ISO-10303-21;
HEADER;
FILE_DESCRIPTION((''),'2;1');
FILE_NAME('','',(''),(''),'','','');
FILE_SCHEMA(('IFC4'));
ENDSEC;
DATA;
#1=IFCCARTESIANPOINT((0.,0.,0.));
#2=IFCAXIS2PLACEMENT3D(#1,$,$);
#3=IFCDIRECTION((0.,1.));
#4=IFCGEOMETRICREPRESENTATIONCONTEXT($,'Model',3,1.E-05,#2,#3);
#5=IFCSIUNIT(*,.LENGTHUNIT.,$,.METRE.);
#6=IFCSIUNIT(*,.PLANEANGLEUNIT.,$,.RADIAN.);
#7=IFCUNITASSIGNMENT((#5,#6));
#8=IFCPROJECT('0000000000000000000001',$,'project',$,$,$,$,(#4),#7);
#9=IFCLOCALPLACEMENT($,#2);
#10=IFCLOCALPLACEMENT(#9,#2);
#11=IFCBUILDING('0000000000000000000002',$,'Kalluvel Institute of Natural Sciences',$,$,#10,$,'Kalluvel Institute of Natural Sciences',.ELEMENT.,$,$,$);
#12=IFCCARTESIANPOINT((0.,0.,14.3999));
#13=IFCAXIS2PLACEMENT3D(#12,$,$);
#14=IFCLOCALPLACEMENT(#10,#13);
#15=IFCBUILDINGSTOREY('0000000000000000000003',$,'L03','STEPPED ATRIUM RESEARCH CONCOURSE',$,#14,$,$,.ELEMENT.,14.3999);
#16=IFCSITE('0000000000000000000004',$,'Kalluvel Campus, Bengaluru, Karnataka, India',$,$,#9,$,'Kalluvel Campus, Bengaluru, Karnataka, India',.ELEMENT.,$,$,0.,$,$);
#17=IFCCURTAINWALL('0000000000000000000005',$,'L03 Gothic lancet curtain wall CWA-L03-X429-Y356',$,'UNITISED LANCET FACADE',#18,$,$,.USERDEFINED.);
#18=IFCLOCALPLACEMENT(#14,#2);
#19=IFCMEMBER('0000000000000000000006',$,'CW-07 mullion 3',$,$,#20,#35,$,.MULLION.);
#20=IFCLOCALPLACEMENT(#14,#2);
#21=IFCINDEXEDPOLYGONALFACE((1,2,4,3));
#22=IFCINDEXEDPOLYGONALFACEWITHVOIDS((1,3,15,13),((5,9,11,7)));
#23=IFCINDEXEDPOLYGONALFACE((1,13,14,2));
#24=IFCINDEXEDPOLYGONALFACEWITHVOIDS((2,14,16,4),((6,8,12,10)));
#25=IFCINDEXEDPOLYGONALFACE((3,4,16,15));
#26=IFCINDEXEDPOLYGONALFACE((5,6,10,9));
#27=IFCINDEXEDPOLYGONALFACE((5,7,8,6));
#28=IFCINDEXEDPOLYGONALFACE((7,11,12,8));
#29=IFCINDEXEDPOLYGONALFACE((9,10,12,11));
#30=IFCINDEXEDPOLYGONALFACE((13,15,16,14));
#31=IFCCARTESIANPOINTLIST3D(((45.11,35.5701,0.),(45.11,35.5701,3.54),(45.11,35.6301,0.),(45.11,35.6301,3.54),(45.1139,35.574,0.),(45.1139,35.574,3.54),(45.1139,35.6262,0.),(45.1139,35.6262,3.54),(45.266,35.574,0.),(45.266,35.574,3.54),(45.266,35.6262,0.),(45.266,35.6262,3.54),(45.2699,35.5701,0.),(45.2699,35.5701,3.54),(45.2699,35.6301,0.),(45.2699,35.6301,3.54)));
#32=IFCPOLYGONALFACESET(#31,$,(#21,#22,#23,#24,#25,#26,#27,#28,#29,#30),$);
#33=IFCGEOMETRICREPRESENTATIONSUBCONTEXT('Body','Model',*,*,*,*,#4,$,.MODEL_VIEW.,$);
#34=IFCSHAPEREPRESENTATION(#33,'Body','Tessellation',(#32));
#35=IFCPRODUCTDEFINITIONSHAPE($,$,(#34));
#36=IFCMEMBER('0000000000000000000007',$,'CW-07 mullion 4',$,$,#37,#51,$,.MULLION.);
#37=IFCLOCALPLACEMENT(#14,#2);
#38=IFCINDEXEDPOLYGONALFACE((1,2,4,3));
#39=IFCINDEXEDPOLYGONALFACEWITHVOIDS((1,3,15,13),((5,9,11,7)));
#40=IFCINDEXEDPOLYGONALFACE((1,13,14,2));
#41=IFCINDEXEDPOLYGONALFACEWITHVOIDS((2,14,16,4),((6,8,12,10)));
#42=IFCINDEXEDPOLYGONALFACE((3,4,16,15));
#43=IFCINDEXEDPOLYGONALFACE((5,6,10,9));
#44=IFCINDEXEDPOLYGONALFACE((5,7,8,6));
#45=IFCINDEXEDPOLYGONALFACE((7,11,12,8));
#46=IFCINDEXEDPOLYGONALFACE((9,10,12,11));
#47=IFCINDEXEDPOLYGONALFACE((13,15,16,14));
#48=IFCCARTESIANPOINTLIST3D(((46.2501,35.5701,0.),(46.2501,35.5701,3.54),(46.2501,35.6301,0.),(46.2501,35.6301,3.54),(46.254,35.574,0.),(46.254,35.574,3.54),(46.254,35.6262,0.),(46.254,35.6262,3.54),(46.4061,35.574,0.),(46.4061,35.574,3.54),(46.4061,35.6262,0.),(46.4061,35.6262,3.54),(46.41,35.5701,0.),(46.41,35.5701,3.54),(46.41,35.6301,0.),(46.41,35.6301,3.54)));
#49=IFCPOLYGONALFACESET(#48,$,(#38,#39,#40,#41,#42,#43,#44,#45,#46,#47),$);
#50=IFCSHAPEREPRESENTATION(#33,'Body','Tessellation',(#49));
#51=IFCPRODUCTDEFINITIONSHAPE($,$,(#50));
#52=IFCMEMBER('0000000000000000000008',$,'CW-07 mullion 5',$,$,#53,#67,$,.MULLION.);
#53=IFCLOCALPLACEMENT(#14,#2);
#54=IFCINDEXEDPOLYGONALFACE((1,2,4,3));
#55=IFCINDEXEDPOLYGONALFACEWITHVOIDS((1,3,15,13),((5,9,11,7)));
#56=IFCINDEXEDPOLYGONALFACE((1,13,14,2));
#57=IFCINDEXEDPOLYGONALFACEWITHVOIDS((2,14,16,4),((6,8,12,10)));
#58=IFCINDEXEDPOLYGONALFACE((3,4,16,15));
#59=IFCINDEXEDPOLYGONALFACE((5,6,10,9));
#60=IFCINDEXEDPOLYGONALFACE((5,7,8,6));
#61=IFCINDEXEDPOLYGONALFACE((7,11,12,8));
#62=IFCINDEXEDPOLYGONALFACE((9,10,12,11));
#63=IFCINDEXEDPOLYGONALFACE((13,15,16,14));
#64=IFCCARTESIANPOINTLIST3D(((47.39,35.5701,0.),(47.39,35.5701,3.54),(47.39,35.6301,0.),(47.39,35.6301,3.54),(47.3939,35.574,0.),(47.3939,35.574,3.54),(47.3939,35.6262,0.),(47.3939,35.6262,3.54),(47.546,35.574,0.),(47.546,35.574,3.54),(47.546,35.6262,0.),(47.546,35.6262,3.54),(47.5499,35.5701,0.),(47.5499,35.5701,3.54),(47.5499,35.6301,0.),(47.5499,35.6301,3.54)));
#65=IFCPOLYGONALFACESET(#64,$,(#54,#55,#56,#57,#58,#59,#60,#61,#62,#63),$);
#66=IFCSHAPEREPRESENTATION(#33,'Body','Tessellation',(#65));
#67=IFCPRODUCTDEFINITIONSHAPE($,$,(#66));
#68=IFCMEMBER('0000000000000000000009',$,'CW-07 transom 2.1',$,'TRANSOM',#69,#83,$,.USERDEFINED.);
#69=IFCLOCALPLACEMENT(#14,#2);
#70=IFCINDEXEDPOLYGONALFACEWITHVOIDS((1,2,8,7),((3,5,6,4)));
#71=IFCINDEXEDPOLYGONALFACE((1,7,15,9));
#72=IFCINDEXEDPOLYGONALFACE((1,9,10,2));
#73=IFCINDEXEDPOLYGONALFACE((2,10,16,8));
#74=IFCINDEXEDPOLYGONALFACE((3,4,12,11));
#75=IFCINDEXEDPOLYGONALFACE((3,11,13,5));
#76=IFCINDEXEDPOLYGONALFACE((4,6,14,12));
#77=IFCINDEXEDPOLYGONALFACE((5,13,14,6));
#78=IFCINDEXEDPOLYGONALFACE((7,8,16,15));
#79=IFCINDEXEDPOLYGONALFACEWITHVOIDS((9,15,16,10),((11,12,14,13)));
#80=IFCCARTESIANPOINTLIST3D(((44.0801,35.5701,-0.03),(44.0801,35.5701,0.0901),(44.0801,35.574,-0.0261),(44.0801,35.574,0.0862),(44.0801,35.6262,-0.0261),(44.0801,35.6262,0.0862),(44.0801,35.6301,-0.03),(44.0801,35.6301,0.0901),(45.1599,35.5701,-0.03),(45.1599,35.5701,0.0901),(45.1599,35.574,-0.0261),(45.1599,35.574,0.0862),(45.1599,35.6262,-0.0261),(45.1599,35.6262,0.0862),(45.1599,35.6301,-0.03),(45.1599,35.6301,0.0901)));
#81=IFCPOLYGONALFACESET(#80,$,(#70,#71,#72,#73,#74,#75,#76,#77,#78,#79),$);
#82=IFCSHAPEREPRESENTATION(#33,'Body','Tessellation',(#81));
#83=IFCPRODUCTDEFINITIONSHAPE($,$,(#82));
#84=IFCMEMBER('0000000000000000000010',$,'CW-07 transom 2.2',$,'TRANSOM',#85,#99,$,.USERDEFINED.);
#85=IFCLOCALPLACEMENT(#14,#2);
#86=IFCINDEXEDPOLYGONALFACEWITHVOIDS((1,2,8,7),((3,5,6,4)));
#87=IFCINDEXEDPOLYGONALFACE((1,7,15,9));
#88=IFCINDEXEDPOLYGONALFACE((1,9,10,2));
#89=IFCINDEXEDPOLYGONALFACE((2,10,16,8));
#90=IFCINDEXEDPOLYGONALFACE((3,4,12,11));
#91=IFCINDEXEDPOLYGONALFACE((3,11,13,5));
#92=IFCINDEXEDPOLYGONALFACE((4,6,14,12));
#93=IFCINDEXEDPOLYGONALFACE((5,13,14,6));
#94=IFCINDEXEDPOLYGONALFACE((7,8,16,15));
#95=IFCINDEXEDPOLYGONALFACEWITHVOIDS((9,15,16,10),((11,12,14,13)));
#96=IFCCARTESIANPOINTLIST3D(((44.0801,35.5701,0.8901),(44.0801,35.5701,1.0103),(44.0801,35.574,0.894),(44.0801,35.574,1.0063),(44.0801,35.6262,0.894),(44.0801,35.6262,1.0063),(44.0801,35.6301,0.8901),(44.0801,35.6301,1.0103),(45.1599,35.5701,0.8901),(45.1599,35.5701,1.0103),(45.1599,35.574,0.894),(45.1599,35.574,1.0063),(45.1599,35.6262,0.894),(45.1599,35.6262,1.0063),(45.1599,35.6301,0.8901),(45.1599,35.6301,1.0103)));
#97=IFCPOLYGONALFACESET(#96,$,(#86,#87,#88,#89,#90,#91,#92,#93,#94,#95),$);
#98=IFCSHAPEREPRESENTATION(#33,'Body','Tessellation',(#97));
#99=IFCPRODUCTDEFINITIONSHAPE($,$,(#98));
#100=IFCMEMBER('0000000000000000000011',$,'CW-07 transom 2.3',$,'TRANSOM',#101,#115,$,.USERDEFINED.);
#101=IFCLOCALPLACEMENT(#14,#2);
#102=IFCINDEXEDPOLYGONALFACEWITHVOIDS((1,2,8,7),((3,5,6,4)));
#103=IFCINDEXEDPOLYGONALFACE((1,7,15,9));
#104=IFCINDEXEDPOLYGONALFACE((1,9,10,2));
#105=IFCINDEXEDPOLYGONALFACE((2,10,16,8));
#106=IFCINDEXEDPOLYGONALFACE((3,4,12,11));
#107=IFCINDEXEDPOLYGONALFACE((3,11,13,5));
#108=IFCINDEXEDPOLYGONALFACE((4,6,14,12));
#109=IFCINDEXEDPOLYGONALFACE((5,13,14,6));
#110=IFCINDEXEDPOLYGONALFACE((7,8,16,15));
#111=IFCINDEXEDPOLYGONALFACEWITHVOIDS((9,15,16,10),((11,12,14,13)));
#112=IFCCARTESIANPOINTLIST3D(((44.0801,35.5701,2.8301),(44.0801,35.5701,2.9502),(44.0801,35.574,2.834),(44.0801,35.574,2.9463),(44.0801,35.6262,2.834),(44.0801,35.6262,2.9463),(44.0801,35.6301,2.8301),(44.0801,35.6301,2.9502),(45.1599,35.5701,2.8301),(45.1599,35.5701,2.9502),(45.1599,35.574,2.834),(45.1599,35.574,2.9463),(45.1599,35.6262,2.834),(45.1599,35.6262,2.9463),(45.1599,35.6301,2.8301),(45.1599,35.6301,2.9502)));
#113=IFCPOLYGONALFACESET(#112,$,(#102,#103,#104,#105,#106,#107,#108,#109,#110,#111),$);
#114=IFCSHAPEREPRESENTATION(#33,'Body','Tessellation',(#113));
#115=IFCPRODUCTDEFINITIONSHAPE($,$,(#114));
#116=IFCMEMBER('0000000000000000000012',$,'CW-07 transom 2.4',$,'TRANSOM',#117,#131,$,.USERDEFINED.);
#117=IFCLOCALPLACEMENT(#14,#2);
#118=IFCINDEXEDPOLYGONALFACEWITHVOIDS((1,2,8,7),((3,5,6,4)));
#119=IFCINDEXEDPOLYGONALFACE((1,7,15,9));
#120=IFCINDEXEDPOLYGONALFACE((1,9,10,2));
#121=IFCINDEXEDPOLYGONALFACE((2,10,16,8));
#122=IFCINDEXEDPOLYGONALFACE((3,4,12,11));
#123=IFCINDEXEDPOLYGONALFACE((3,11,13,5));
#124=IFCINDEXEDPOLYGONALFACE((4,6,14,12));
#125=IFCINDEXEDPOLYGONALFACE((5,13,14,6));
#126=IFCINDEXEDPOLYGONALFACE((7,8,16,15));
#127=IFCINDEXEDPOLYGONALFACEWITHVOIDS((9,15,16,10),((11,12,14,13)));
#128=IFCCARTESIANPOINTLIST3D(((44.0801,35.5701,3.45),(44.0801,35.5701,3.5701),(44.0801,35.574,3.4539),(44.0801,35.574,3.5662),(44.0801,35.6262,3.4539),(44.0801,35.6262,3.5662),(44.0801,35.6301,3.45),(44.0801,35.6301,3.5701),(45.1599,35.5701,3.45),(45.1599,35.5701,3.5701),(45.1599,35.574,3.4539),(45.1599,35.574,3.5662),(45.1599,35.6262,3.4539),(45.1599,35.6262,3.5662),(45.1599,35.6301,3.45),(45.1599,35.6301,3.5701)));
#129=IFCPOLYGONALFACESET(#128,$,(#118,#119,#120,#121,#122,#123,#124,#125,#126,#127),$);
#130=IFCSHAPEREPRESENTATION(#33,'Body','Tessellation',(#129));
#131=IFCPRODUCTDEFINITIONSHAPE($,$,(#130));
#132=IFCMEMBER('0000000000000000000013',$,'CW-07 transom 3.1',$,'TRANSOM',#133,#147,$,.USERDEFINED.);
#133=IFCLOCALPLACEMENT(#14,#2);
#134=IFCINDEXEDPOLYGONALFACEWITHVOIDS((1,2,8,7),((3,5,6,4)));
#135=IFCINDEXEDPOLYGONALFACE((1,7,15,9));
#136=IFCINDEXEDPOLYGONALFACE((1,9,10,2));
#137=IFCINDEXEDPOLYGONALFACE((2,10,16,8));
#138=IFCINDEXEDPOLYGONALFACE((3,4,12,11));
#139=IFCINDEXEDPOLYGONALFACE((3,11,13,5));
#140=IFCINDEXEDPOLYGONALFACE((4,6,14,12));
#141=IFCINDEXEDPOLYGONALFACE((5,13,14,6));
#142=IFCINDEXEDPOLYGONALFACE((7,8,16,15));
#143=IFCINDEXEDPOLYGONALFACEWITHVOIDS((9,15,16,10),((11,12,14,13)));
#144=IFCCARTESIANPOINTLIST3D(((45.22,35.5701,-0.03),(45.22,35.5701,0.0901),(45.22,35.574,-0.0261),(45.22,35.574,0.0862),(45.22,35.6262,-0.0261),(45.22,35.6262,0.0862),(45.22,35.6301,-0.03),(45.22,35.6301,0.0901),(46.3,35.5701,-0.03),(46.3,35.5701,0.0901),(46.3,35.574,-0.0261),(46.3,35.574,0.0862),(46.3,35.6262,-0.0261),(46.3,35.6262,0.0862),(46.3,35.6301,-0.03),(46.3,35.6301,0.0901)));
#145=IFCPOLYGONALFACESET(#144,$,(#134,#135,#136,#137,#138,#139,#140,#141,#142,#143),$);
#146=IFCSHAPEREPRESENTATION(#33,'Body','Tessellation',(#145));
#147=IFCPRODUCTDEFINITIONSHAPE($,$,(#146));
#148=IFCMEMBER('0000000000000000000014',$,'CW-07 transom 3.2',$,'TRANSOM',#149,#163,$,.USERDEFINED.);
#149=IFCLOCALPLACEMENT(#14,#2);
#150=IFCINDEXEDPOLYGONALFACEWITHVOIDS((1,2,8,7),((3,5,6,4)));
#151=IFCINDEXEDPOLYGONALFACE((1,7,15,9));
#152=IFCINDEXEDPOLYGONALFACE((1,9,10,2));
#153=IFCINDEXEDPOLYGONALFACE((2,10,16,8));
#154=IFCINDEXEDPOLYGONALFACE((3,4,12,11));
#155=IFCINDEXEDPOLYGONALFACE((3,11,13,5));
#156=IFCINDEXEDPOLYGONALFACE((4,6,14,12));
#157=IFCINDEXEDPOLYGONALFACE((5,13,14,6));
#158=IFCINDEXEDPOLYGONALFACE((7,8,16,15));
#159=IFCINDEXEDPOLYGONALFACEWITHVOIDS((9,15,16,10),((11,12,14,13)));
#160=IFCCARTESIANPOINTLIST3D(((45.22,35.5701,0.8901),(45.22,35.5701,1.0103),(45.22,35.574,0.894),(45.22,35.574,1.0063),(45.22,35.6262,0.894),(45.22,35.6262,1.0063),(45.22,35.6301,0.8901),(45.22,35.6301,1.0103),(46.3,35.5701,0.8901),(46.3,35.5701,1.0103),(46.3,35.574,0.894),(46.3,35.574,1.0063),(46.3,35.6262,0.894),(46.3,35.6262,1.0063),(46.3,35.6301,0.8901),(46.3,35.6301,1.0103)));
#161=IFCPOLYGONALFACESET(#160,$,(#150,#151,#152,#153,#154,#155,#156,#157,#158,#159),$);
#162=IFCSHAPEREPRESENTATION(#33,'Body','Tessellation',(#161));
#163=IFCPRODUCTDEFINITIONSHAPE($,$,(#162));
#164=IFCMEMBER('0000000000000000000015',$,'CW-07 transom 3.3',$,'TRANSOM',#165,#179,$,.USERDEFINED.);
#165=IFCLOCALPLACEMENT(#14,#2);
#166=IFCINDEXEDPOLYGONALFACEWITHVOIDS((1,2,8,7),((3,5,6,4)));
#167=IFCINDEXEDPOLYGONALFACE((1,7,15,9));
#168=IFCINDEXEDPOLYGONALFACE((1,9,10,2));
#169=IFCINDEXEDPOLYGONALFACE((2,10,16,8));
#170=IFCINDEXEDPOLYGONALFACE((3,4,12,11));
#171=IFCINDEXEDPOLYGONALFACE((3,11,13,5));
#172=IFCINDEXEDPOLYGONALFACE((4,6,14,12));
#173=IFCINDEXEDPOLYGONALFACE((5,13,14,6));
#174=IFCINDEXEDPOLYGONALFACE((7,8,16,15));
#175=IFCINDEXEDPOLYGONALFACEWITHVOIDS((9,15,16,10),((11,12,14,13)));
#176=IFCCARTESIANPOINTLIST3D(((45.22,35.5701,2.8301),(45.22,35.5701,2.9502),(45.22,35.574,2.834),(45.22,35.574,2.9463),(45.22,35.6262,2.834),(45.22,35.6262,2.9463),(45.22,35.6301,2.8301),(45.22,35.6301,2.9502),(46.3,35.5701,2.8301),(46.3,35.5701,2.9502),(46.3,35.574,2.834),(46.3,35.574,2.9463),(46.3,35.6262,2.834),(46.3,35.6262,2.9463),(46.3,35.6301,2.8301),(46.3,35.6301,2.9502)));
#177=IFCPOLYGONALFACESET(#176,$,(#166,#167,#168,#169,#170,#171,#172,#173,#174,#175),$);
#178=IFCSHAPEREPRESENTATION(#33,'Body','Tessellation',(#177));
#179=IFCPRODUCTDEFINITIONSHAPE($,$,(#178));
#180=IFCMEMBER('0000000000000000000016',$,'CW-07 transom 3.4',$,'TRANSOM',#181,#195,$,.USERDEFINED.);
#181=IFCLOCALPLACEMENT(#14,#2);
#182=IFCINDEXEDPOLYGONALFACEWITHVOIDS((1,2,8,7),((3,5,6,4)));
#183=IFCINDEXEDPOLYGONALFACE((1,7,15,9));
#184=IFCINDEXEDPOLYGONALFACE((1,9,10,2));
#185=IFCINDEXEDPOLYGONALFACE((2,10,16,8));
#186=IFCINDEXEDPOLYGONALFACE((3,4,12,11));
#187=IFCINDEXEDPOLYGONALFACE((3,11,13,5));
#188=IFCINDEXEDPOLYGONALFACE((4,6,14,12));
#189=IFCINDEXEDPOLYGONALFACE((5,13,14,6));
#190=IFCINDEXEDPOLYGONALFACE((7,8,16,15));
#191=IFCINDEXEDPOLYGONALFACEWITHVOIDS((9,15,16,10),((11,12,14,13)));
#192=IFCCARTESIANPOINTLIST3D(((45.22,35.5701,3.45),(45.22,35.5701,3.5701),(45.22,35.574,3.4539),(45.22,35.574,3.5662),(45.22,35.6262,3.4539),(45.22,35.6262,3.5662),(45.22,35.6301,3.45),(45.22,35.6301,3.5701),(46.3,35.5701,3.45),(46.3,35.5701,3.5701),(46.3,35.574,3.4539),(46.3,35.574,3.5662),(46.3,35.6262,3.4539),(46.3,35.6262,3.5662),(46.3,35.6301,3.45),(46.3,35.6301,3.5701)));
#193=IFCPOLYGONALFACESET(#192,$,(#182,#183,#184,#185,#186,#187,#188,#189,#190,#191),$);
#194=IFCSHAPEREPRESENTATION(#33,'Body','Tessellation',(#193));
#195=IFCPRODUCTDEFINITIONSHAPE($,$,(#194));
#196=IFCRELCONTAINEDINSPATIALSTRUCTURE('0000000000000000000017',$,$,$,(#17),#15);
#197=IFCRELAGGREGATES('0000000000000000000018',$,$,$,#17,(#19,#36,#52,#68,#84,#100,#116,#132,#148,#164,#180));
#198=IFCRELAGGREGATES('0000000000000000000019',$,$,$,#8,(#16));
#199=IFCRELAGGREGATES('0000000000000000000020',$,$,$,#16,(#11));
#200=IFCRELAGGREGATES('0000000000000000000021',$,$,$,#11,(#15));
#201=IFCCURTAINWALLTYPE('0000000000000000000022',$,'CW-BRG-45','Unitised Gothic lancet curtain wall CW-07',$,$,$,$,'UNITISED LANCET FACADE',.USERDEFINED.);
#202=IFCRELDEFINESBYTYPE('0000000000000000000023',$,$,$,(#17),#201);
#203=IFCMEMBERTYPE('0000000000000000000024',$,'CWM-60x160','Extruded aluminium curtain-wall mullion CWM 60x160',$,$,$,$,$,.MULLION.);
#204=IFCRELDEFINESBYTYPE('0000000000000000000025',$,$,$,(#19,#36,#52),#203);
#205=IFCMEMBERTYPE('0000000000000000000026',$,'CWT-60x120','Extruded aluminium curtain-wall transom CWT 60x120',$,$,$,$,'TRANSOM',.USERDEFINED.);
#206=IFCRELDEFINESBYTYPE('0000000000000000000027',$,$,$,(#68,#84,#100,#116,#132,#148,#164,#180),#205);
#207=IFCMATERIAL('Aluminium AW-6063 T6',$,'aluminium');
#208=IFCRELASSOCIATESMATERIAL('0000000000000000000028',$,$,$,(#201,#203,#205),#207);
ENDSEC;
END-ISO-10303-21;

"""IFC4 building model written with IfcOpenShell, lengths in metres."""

from ifc_helpers import new_model, si_unit, direction, frame, origin, origin_2d, place, context, subcontext, project, spatial, hollow_rectangle, extrude, material, material_profile, profile_set, type_object, element, aggregate, save


model = new_model("IFC4")

# Units and contexts
model_context = context("Model", 3, precision=1e-05, world=origin(), true_north=direction((0.0, 1.0)))
body_context = subcontext(model_context, "Body", "Model", "MODEL_VIEW")
ifc_project = project(units=[si_unit("LENGTHUNIT", "METRE"), si_unit("PLANEANGLEUNIT", "RADIAN")], contexts=[model_context])

# Site, building, storey
site_placement = place(None, origin())
site = spatial("IfcSite", under=ifc_project, at=site_placement, Name="Kalluvel Campus, Bengaluru, Karnataka, India", LongName="Kalluvel Campus, Bengaluru, Karnataka, India", CompositionType="ELEMENT", RefElevation=0.0)
building_placement = place(site_placement, origin())
building = spatial("IfcBuilding", under=site, at=building_placement, Name="Kalluvel Institute of Natural Sciences", LongName="Kalluvel Institute of Natural Sciences", CompositionType="ELEMENT")
storey_placement = place(building_placement, frame((0.0, 0.0, 14.3999)))
storey = spatial("IfcBuildingStorey", under=building, at=storey_placement, Name="L03", Description="STEPPED ATRIUM RESEARCH CONCOURSE", CompositionType="ELEMENT", Elevation=14.3999)

# Curtain wall, members
ifc_material_1 = material(Name="Aluminium AW-6063 T6", Category="aluminium")
curtain_wall_type = type_object("IfcCurtainWallType", Name="CW-BRG-45", Description="Unitised Gothic lancet curtain wall CW-07", ElementType="UNITISED LANCET FACADE", PredefinedType="USERDEFINED", material=ifc_material_1)
curtain_wall_placement = place(storey_placement, origin())
curtain_wall = element("IfcCurtainWall", 1, at=curtain_wall_placement, inside=storey, type_object=curtain_wall_type, Name="L03 Gothic lancet curtain wall CWA-L03-X429-Y356", ObjectType="UNITISED LANCET FACADE", PredefinedType="USERDEFINED")
ifc_material_profile_1 = material_profile(ifc_material_1, hollow_rectangle(XDim=0.0601, YDim=0.1599, WallThickness=0.0039, at=origin_2d()), Name="CWM 60x160")
ifc_profile_set_1 = profile_set([ifc_material_profile_1], Name="Aluminium AW-6063 T6")
member_type_1 = type_object("IfcMemberType", Name="CWM-60x160", Description="Extruded aluminium curtain-wall mullion CWM 60x160", PredefinedType="MULLION", material=ifc_profile_set_1)
member_1_placement = place(storey_placement, frame((45.1899, 35.6001, 0.0), z_axis=(0.0, 0.0, 1.0), x_axis=(0.0, 1.0, 0.0)))
member_1 = element("IfcMember", 2, at=member_1_placement, type_object=member_type_1, Name="CW-07 mullion 3", PredefinedType="MULLION", context=body_context, shape_type="SweptSolid", body=[
    extrude(hollow_rectangle(XDim=0.0601, YDim=0.1599, WallThickness=0.0039, at=origin_2d()), origin(), (0.0, 0.0, 1.0), 3.54),
])
member_2_placement = place(storey_placement, frame((46.3301, 35.6001, 0.0), z_axis=(0.0, 0.0, 1.0), x_axis=(0.0, 1.0, 0.0)))
member_2 = element("IfcMember", 3, at=member_2_placement, type_object=member_type_1, Name="CW-07 mullion 4", PredefinedType="MULLION", context=body_context, shape_type="SweptSolid", body=[
    extrude(hollow_rectangle(XDim=0.0601, YDim=0.1599, WallThickness=0.0039, at=origin_2d()), origin(), (0.0, 0.0, 1.0), 3.54),
])
member_3_placement = place(storey_placement, frame((47.47, 35.6001, 0.0), z_axis=(0.0, 0.0, 1.0), x_axis=(0.0, 1.0, 0.0)))
member_3 = element("IfcMember", 4, at=member_3_placement, type_object=member_type_1, Name="CW-07 mullion 5", PredefinedType="MULLION", context=body_context, shape_type="SweptSolid", body=[
    extrude(hollow_rectangle(XDim=0.0601, YDim=0.1599, WallThickness=0.0039, at=origin_2d()), origin(), (0.0, 0.0, 1.0), 3.54),
])
ifc_material_profile_2 = material_profile(ifc_material_1, hollow_rectangle(XDim=0.0601, YDim=0.1201, WallThickness=0.0039, at=origin_2d()), Name="CWT 60x120")
ifc_profile_set_2 = profile_set([ifc_material_profile_2], Name="Aluminium AW-6063 T6")
member_type_2 = type_object("IfcMemberType", Name="CWT-60x120", Description="Extruded aluminium curtain-wall transom CWT 60x120", ElementType="TRANSOM", PredefinedType="USERDEFINED", material=ifc_profile_set_2)
member_4_placement = place(storey_placement, frame((44.0801, 35.6001, 0.03), z_axis=(1.0, 0.0, 0.0), x_axis=(0.0, 1.0, 0.0)))
member_4 = element("IfcMember", 5, at=member_4_placement, type_object=member_type_2, Name="CW-07 transom 2.1", ObjectType="TRANSOM", PredefinedType="USERDEFINED", context=body_context, shape_type="SweptSolid", body=[
    extrude(hollow_rectangle(XDim=0.0601, YDim=0.1201, WallThickness=0.0039, at=origin_2d()), origin(), (0.0, 0.0, 1.0), 1.0798),
])
member_5_placement = place(storey_placement, frame((44.0801, 35.6001, 0.9502), z_axis=(1.0, 0.0, 0.0), x_axis=(0.0, 1.0, 0.0)))
member_5 = element("IfcMember", 6, at=member_5_placement, type_object=member_type_2, Name="CW-07 transom 2.2", ObjectType="TRANSOM", PredefinedType="USERDEFINED", context=body_context, shape_type="SweptSolid", body=[
    extrude(hollow_rectangle(XDim=0.0601, YDim=0.1201, WallThickness=0.0039, at=origin_2d()), origin(), (0.0, 0.0, 1.0), 1.0798),
])
member_6_placement = place(storey_placement, frame((44.0801, 35.6001, 2.8901), z_axis=(1.0, 0.0, 0.0), x_axis=(0.0, 1.0, 0.0)))
member_6 = element("IfcMember", 7, at=member_6_placement, type_object=member_type_2, Name="CW-07 transom 2.3", ObjectType="TRANSOM", PredefinedType="USERDEFINED", context=body_context, shape_type="SweptSolid", body=[
    extrude(hollow_rectangle(XDim=0.0601, YDim=0.1201, WallThickness=0.0039, at=origin_2d()), origin(), (0.0, 0.0, 1.0), 1.0798),
])
member_7_placement = place(storey_placement, frame((44.0801, 35.6001, 3.51), z_axis=(1.0, 0.0, 0.0), x_axis=(0.0, 1.0, 0.0)))
member_7 = element("IfcMember", 8, at=member_7_placement, type_object=member_type_2, Name="CW-07 transom 2.4", ObjectType="TRANSOM", PredefinedType="USERDEFINED", context=body_context, shape_type="SweptSolid", body=[
    extrude(hollow_rectangle(XDim=0.0601, YDim=0.1201, WallThickness=0.0039, at=origin_2d()), origin(), (0.0, 0.0, 1.0), 1.0798),
])
member_8_placement = place(storey_placement, frame((45.22, 35.6001, 0.03), z_axis=(1.0, 0.0, 0.0), x_axis=(0.0, 1.0, 0.0)))
member_8 = element("IfcMember", 9, at=member_8_placement, type_object=member_type_2, Name="CW-07 transom 3.1", ObjectType="TRANSOM", PredefinedType="USERDEFINED", context=body_context, shape_type="SweptSolid", body=[
    extrude(hollow_rectangle(XDim=0.0601, YDim=0.1201, WallThickness=0.0039, at=origin_2d()), origin(), (0.0, 0.0, 1.0), 1.0801),
])
member_9_placement = place(storey_placement, frame((45.22, 35.6001, 0.9502), z_axis=(1.0, 0.0, 0.0), x_axis=(0.0, 1.0, 0.0)))
member_9 = element("IfcMember", 10, at=member_9_placement, type_object=member_type_2, Name="CW-07 transom 3.2", ObjectType="TRANSOM", PredefinedType="USERDEFINED", context=body_context, shape_type="SweptSolid", body=[
    extrude(hollow_rectangle(XDim=0.0601, YDim=0.1201, WallThickness=0.0039, at=origin_2d()), origin(), (0.0, 0.0, 1.0), 1.0801),
])
member_10_placement = place(storey_placement, frame((45.22, 35.6001, 2.8901), z_axis=(1.0, 0.0, 0.0), x_axis=(0.0, 1.0, 0.0)))
member_10 = element("IfcMember", 11, at=member_10_placement, type_object=member_type_2, Name="CW-07 transom 3.3", ObjectType="TRANSOM", PredefinedType="USERDEFINED", context=body_context, shape_type="SweptSolid", body=[
    extrude(hollow_rectangle(XDim=0.0601, YDim=0.1201, WallThickness=0.0039, at=origin_2d()), origin(), (0.0, 0.0, 1.0), 1.0801),
])
member_11_placement = place(storey_placement, frame((45.22, 35.6001, 3.51), z_axis=(1.0, 0.0, 0.0), x_axis=(0.0, 1.0, 0.0)))
member_11 = element("IfcMember", 12, at=member_11_placement, type_object=member_type_2, Name="CW-07 transom 3.4", ObjectType="TRANSOM", PredefinedType="USERDEFINED", context=body_context, shape_type="SweptSolid", body=[
    extrude(hollow_rectangle(XDim=0.0601, YDim=0.1201, WallThickness=0.0039, at=origin_2d()), origin(), (0.0, 0.0, 1.0), 1.0801),
])
aggregate(curtain_wall, [member_1, member_2, member_3, member_4, member_5, member_6, member_7, member_8, member_9, member_10, member_11])

save(model, "model.ifc")
